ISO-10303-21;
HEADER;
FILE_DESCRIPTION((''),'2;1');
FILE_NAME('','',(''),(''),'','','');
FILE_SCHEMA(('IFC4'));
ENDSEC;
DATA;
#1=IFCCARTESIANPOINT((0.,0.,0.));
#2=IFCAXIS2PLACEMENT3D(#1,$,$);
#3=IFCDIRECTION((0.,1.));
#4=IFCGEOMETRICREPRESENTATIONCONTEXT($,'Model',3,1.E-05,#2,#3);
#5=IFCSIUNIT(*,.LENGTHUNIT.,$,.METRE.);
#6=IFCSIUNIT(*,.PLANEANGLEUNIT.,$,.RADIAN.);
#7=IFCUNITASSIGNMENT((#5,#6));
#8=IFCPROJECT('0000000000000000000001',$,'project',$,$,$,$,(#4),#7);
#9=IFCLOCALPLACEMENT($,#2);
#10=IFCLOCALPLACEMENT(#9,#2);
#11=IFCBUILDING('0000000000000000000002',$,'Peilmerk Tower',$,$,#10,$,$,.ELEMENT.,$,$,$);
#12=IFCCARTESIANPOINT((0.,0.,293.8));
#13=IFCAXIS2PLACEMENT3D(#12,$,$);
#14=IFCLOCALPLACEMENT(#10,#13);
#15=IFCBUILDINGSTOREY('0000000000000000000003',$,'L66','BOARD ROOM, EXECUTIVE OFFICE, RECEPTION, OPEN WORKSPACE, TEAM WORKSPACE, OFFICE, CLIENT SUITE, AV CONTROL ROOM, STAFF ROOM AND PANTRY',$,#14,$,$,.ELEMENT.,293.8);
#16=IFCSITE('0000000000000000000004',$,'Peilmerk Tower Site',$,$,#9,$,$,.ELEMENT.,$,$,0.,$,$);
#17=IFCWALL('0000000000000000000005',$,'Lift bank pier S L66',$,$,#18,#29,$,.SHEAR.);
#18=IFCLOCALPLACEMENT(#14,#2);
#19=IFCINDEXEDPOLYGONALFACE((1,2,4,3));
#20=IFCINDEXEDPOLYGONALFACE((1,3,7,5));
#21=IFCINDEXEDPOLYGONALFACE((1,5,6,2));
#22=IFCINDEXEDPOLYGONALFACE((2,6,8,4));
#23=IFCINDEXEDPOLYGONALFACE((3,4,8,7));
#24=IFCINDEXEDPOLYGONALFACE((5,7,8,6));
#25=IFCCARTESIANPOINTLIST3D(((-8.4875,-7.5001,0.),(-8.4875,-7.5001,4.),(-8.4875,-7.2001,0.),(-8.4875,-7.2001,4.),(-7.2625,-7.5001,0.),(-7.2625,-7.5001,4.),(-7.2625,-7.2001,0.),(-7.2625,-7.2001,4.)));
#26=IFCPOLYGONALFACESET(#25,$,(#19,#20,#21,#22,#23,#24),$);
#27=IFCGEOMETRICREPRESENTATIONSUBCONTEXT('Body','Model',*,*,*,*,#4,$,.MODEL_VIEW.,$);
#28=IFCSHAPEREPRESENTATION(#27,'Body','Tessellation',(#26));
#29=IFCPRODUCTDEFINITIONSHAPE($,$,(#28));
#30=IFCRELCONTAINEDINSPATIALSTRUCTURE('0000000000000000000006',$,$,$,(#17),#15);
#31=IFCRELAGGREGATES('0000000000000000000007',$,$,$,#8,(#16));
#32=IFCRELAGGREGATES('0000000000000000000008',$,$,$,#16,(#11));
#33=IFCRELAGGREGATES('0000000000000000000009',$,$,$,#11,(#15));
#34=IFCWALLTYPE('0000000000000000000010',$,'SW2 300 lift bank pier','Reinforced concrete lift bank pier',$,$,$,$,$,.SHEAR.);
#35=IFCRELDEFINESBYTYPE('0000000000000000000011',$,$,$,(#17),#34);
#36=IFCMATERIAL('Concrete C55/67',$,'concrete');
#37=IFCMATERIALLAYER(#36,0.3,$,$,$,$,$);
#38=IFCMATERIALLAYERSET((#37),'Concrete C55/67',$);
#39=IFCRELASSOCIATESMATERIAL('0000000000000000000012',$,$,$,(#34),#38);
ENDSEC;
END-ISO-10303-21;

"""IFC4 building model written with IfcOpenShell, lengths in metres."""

from ifc_helpers import new_model, si_unit, direction, frame, frame_2d, origin, place, context, subcontext, project, spatial, rectangle, extrude, material, layer, layer_set, type_object, element, save


model = new_model("IFC4")

# Units and contexts
model_context = context("Model", 3, precision=1e-05, world=origin(), true_north=direction((0.0, 1.0)))
body_context = subcontext(model_context, "Body", "Model", "MODEL_VIEW")
ifc_project = project(units=[si_unit("LENGTHUNIT", "METRE"), si_unit("PLANEANGLEUNIT", "RADIAN")], contexts=[model_context])

# Site, building, storey
site_placement = place(None, origin())
site = spatial("IfcSite", under=ifc_project, at=site_placement, Name="Peilmerk Tower Site", CompositionType="ELEMENT", RefElevation=0.0)
building_placement = place(site_placement, origin())
building = spatial("IfcBuilding", under=site, at=building_placement, Name="Peilmerk Tower", CompositionType="ELEMENT")
storey_placement = place(building_placement, frame((0.0, 0.0, 293.8)))
storey = spatial("IfcBuildingStorey", under=building, at=storey_placement, Name="L66", Description="BOARD ROOM, EXECUTIVE OFFICE, RECEPTION, OPEN WORKSPACE, TEAM WORKSPACE, OFFICE, CLIENT SUITE, AV CONTROL ROOM, STAFF ROOM AND PANTRY", CompositionType="ELEMENT", Elevation=293.8)

# Shared definitions
ifc_material_1 = material(Name="Concrete C55/67", Category="concrete")

# Wall
ifc_layer_1 = layer(ifc_material_1, 0.3)
ifc_layer_set_1 = layer_set([ifc_layer_1], Name="Concrete C55/67")
wall_type_1 = type_object("IfcWallType", Name="SW2 300 lift bank pier", Description="Reinforced concrete lift bank pier", PredefinedType="SHEAR", material=ifc_layer_set_1)
wall_1_placement = place(storey_placement, frame((-8.4875, -7.3501, 0.0), z_axis=(0.0, 0.0, 1.0), x_axis=(1.0, 0.0, 0.0)))
element("IfcWall", 1, at=wall_1_placement, inside=storey, type_object=wall_type_1, Name="Lift bank pier S L66", PredefinedType="SHEAR", context=body_context, shape_type="SweptSolid", body=[
    extrude(rectangle(XDim=1.2251, YDim=0.3, at=frame_2d((0.6125, 0.0))), origin(), (0.0, 0.0, 1.0), 4.0),
])

save(model, "model.ifc")
